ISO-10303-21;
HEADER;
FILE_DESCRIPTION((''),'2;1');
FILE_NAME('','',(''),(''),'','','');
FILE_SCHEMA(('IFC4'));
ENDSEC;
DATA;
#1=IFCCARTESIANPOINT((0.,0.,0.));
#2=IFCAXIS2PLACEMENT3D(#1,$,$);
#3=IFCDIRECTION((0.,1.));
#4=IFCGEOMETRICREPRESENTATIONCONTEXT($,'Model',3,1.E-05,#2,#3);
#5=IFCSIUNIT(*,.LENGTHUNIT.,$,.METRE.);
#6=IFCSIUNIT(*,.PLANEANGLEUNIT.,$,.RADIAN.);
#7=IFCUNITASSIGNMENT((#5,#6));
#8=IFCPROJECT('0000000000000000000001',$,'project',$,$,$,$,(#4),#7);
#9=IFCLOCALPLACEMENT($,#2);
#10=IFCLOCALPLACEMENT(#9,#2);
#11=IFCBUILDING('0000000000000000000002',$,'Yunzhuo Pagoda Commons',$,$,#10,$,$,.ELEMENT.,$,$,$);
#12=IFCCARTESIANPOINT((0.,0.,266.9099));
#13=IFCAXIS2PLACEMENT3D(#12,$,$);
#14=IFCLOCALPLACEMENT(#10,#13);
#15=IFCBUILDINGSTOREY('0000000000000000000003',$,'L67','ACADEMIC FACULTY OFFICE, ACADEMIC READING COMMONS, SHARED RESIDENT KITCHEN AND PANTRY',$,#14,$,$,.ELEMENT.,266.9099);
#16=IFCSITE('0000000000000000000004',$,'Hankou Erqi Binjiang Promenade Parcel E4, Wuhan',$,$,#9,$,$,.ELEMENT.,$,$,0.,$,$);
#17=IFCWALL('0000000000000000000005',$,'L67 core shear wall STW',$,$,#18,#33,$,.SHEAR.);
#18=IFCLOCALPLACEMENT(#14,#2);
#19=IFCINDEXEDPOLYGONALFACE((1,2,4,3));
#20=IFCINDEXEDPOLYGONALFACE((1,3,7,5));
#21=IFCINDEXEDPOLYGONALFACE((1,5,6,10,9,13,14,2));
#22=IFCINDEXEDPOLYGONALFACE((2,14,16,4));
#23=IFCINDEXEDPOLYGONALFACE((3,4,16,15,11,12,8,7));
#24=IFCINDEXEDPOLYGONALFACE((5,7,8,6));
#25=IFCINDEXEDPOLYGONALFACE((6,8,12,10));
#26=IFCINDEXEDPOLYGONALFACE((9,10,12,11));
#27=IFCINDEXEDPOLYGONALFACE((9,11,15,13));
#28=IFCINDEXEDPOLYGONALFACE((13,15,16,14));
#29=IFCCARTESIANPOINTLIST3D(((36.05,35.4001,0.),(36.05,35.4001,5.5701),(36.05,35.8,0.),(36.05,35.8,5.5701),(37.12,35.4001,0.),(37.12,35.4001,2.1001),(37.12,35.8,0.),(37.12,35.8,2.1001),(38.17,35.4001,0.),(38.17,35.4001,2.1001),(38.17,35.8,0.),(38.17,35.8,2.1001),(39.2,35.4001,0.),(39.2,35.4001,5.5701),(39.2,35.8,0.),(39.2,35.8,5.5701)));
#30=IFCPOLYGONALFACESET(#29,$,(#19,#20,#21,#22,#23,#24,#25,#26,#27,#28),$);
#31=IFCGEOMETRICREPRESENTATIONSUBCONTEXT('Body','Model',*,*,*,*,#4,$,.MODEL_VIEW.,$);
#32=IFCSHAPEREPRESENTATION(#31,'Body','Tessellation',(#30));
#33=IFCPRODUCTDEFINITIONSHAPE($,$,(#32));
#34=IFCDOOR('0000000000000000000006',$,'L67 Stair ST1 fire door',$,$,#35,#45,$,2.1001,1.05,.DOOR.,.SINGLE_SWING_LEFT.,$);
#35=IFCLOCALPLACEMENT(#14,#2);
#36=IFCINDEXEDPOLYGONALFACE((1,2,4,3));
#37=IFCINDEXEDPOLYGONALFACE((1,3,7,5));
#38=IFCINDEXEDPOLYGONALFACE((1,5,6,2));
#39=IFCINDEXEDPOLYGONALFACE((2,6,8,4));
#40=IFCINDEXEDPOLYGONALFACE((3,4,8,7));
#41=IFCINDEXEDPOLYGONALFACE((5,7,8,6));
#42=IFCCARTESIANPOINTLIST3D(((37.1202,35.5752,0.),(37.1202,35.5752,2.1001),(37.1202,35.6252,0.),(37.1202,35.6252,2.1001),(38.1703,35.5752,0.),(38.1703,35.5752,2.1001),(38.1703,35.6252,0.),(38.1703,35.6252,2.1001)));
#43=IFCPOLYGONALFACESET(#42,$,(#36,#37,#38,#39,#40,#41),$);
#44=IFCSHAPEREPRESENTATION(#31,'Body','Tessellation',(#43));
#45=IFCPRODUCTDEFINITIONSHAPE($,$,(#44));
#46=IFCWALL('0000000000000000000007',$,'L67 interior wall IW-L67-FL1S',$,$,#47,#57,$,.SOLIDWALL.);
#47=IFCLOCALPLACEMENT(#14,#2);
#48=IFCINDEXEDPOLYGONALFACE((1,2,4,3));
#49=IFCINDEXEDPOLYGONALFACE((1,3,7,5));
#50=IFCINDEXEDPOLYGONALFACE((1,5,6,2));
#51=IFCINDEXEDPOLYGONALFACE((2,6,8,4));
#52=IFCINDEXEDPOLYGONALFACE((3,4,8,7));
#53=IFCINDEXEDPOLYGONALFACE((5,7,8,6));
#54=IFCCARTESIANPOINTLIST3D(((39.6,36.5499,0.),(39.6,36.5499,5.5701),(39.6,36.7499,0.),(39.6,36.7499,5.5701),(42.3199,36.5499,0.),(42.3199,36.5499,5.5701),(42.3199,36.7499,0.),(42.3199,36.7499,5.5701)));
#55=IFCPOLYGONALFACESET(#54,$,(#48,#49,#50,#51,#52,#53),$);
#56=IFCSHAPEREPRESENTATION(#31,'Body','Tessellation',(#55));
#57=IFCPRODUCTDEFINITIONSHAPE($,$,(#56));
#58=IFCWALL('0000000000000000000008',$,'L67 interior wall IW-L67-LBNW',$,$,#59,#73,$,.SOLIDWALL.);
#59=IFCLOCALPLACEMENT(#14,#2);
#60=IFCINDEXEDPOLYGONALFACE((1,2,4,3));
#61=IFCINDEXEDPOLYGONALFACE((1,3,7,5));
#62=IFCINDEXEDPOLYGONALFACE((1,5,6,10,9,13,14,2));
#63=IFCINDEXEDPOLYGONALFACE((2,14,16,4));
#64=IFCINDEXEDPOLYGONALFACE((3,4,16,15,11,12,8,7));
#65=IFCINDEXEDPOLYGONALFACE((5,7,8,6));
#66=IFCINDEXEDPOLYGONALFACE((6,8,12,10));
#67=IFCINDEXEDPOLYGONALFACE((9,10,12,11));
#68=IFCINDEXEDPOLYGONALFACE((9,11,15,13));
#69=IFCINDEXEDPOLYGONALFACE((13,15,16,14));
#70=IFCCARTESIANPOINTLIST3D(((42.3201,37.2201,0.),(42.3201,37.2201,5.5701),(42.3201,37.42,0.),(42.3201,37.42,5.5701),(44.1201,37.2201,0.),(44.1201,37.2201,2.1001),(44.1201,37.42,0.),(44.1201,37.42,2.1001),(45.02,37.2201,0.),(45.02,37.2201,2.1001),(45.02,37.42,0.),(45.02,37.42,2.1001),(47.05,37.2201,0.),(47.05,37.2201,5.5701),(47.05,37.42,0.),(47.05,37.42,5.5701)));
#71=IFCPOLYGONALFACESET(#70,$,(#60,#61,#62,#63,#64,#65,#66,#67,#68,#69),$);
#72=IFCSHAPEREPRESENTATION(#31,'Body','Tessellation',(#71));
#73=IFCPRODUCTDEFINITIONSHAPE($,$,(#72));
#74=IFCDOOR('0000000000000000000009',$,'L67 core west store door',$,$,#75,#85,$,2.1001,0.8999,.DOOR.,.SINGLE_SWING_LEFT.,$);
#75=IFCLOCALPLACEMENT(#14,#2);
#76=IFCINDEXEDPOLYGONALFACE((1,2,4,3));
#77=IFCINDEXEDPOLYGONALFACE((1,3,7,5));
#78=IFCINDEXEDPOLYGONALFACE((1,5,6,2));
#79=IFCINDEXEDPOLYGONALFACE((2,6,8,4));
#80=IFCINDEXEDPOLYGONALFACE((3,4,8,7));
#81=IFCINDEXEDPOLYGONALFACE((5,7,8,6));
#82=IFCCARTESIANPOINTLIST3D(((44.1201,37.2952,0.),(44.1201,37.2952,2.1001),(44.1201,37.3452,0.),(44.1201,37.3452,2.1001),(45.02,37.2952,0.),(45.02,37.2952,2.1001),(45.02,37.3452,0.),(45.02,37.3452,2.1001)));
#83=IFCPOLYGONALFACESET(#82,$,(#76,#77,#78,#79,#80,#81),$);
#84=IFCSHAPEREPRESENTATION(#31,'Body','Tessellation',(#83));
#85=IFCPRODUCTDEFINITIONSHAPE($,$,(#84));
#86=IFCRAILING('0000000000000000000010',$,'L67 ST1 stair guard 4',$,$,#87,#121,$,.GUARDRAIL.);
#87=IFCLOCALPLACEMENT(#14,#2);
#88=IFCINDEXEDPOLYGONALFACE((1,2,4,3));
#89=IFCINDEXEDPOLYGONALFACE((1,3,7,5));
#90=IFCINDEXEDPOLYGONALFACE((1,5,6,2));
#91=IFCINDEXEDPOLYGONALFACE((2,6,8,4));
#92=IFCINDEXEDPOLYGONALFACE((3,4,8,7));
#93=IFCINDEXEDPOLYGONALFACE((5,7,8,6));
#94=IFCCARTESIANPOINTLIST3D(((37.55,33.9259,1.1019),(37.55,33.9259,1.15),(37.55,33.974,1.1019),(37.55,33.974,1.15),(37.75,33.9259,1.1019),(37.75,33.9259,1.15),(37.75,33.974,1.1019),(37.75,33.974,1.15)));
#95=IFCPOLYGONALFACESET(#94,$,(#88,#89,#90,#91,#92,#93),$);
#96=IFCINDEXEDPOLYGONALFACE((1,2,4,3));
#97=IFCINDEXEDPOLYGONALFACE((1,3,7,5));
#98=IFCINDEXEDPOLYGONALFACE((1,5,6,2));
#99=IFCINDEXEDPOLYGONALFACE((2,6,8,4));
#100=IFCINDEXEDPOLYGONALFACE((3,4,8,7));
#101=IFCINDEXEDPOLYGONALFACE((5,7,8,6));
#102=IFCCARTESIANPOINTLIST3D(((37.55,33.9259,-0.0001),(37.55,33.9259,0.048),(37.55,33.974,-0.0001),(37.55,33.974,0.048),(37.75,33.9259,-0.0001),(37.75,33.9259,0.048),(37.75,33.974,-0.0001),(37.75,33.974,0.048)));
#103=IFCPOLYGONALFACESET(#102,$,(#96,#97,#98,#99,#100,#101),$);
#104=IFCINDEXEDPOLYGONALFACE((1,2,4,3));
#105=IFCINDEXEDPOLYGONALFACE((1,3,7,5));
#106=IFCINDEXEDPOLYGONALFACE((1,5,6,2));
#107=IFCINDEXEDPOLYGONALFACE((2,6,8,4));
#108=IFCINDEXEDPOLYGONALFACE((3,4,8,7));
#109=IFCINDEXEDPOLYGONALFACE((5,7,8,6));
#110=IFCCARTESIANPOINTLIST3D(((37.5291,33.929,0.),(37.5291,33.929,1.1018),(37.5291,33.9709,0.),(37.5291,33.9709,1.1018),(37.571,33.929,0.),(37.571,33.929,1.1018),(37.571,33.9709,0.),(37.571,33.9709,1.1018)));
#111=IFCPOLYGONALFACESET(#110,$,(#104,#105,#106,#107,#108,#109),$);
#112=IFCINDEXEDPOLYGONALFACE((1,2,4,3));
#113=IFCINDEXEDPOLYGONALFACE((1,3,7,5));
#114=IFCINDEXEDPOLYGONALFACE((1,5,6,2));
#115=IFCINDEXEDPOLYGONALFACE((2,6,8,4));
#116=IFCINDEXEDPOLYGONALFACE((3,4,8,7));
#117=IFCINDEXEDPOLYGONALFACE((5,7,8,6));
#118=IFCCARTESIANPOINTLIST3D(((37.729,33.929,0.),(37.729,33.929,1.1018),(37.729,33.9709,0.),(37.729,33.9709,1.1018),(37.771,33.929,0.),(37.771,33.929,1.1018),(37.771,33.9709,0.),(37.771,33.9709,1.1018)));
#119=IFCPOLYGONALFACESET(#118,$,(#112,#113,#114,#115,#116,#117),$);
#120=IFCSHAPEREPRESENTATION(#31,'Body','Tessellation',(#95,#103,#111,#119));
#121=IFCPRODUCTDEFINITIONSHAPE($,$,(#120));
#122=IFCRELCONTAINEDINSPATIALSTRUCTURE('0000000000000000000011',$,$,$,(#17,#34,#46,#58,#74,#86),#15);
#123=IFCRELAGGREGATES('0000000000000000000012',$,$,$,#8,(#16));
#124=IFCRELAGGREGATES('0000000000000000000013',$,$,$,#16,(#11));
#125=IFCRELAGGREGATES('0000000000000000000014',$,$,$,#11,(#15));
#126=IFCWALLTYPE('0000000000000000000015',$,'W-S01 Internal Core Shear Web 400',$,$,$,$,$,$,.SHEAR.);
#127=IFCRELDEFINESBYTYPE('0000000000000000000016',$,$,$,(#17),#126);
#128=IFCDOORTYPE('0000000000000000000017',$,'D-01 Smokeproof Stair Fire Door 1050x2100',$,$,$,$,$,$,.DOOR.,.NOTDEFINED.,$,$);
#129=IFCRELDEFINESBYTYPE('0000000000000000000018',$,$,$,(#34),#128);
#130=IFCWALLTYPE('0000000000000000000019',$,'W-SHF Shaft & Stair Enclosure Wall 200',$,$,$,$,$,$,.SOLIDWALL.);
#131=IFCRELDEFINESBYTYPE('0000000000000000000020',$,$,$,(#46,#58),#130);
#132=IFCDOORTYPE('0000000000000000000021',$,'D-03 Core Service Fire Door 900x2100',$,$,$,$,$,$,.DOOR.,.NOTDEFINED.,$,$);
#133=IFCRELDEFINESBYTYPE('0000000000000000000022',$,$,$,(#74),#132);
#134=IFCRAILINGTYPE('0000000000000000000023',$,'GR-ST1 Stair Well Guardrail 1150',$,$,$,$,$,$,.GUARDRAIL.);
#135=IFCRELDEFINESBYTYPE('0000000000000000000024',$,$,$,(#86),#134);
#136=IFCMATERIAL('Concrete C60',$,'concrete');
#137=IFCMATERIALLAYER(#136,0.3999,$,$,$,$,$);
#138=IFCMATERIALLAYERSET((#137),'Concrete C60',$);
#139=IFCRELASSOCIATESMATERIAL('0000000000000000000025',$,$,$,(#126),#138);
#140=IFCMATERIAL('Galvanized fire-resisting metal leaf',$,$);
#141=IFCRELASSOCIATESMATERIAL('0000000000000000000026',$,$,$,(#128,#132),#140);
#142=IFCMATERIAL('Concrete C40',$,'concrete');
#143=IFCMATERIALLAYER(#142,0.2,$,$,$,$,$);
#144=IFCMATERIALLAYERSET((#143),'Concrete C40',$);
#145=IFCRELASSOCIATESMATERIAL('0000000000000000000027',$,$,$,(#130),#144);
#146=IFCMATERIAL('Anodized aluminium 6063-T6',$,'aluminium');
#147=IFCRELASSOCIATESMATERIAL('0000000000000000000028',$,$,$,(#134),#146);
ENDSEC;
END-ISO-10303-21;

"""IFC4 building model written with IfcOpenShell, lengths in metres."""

from ifc_helpers import new_model, si_unit, direction, frame, frame_2d, origin, origin_2d, place, context, subcontext, project, spatial, rectangle, extrude, source, transform, mapped, material, layer, layer_set, type_object, element, fill, save


model = new_model("IFC4")

# Units and contexts
model_context = context("Model", 3, precision=1e-05, world=origin(), true_north=direction((0.0, 1.0)))
body_context = subcontext(model_context, "Body", "Model", "MODEL_VIEW")
ifc_project = project(units=[si_unit("LENGTHUNIT", "METRE"), si_unit("PLANEANGLEUNIT", "RADIAN")], contexts=[model_context])

# Site, building, storey
site_placement = place(None, origin())
site = spatial("IfcSite", under=ifc_project, at=site_placement, Name="Hankou Erqi Binjiang Promenade Parcel E4, Wuhan", CompositionType="ELEMENT", RefElevation=0.0)
building_placement = place(site_placement, origin())
building = spatial("IfcBuilding", under=site, at=building_placement, Name="Yunzhuo Pagoda Commons", CompositionType="ELEMENT")
storey_placement = place(building_placement, frame((0.0, 0.0, 266.9099)))
storey = spatial("IfcBuildingStorey", under=building, at=storey_placement, Name="L67", Description="ACADEMIC FACULTY OFFICE, ACADEMIC READING COMMONS, SHARED RESIDENT KITCHEN AND PANTRY", CompositionType="ELEMENT", Elevation=266.9099)

# Shared definitions
ifc_material_1 = material(Name="Galvanized fire-resisting metal leaf")

# Wall, opening, door
ifc_material_2 = material(Name="Concrete C60", Category="concrete")
ifc_layer_1 = layer(ifc_material_2, 0.3999)
ifc_layer_set_1 = layer_set([ifc_layer_1], Name="Concrete C60")
wall_type_1 = type_object("IfcWallType", Name="W-S01 Internal Core Shear Web 400", PredefinedType="SHEAR", material=ifc_layer_set_1)
wall_1_placement = place(storey_placement, frame((36.05, 35.6001, 0.0), z_axis=(0.0, 0.0, 1.0), x_axis=(1.0, 0.0, 0.0)))
wall_1 = element("IfcWall", 1, at=wall_1_placement, inside=storey, type_object=wall_type_1, Name="L67 core shear wall STW", PredefinedType="SHEAR", context=body_context, shape_type="SweptSolid", body=[
    extrude(rectangle(XDim=3.1499, YDim=0.3999, at=frame_2d((1.575, 0.0))), origin(), (0.0, 0.0, 1.0), 5.5701),
])
opening_1_placement = place(wall_1_placement, frame((1.0701, 0.0, 0.0)))
opening_1 = element("IfcOpeningElement", 2, at=opening_1_placement, cuts=wall_1, PredefinedType="OPENING", context=body_context, shape_type="SweptSolid", body=[
    extrude(rectangle(XDim=1.05, YDim=2.1001, at=frame_2d((0.5249, 1.05))), frame((0.0, 0.21, 0.0), z_axis=(0.0, -1.0, 0.0), x_axis=(1.0, 0.0, 0.0)), (0.0, 0.0, 1.0), 0.4199),
])
door_type_1 = type_object("IfcDoorType", Name="D-01 Smokeproof Stair Fire Door 1050x2100", OperationType="NOTDEFINED", PredefinedType="DOOR", material=ifc_material_1)
shared_shape_1 = source(origin(), body_context, "Body", "SweptSolid", [
    extrude(rectangle(XDim=1.05, YDim=2.1001, at=frame_2d((0.5249, 1.05))), frame((0.0, 0.0249, 0.0), z_axis=(0.0, -1.0, 0.0), x_axis=(1.0, 0.0, 0.0)), (0.0, 0.0, 1.0), 0.05),
])
door_1_placement = place(opening_1_placement, frame((1.05, 0.0, 0.0), z_axis=(0.0, 0.0, 1.0), x_axis=(-1.0, 0.0, 0.0)))
door_1 = element("IfcDoor", 3, at=door_1_placement, inside=storey, type_object=door_type_1, Name="L67 Stair ST1 fire door", OperationType="SINGLE_SWING_LEFT", OverallHeight=2.1001, OverallWidth=1.05, PredefinedType="DOOR", context=body_context, shape_type="MappedRepresentation", body=[
    mapped(shared_shape_1, transform((0.0, 0.0, 0.0), scale=1.0)),
])
fill(opening_1, door_1)

# Wall
ifc_material_3 = material(Name="Concrete C40", Category="concrete")
ifc_layer_2 = layer(ifc_material_3, 0.2)
ifc_layer_set_2 = layer_set([ifc_layer_2], Name="Concrete C40")
wall_type_2 = type_object("IfcWallType", Name="W-SHF Shaft & Stair Enclosure Wall 200", PredefinedType="SOLIDWALL", material=ifc_layer_set_2)
wall_2_placement = place(storey_placement, frame((39.6001, 36.6499, 0.0), z_axis=(0.0, 0.0, 1.0), x_axis=(1.0, 0.0, 0.0)))
element("IfcWall", 4, at=wall_2_placement, inside=storey, type_object=wall_type_2, Name="L67 interior wall IW-L67-FL1S", PredefinedType="SOLIDWALL", context=body_context, shape_type="SweptSolid", body=[
    extrude(rectangle(XDim=2.72, YDim=0.2, at=frame_2d((1.3599, 0.0))), origin(), (0.0, 0.0, 1.0), 5.5701),
])

# Wall, opening, door
wall_3_placement = place(storey_placement, frame((42.3201, 37.3201, 0.0), z_axis=(0.0, 0.0, 1.0), x_axis=(1.0, 0.0, 0.0)))
wall_3 = element("IfcWall", 5, at=wall_3_placement, inside=storey, type_object=wall_type_2, Name="L67 interior wall IW-L67-LBNW", PredefinedType="SOLIDWALL", context=body_context, shape_type="SweptSolid", body=[
    extrude(rectangle(XDim=4.73, YDim=0.2, at=frame_2d((2.365, 0.0))), origin(), (0.0, 0.0, 1.0), 5.5701),
])
opening_2_placement = place(wall_3_placement, frame((1.8, 0.0, 0.0)))
opening_2 = element("IfcOpeningElement", 6, at=opening_2_placement, cuts=wall_3, PredefinedType="OPENING", context=body_context, shape_type="SweptSolid", body=[
    extrude(rectangle(XDim=0.8999, YDim=2.1001, at=frame_2d((0.45, 1.05))), frame((0.0, 0.1099, 0.0), z_axis=(0.0, -1.0, 0.0), x_axis=(1.0, 0.0, 0.0)), (0.0, 0.0, 1.0), 0.22),
])
door_type_2 = type_object("IfcDoorType", Name="D-03 Core Service Fire Door 900x2100", OperationType="NOTDEFINED", PredefinedType="DOOR", material=ifc_material_1)
shared_shape_2 = source(origin(), body_context, "Body", "SweptSolid", [
    extrude(rectangle(XDim=0.8999, YDim=2.1001, at=frame_2d((0.45, 1.05))), frame((0.0, 0.0249, 0.0), z_axis=(0.0, -1.0, 0.0), x_axis=(1.0, 0.0, 0.0)), (0.0, 0.0, 1.0), 0.05),
])
door_2_placement = place(opening_2_placement, frame((0.8999, 0.0, 0.0), z_axis=(0.0, 0.0, 1.0), x_axis=(-1.0, 0.0, 0.0)))
door_2 = element("IfcDoor", 7, at=door_2_placement, inside=storey, type_object=door_type_2, Name="L67 core west store door", OperationType="SINGLE_SWING_LEFT", OverallHeight=2.1001, OverallWidth=0.8999, PredefinedType="DOOR", context=body_context, shape_type="MappedRepresentation", body=[
    mapped(shared_shape_2, transform((0.0, 0.0, 0.0), scale=1.0)),
])
fill(opening_2, door_2)

# Railing
ifc_material_4 = material(Name="Anodized aluminium 6063-T6", Category="aluminium")
railing_type = type_object("IfcRailingType", Name="GR-ST1 Stair Well Guardrail 1150", PredefinedType="GUARDRAIL", material=ifc_material_4)
railing_placement = place(storey_placement, frame((37.55, 33.95, 0.0)))
element("IfcRailing", 8, at=railing_placement, inside=storey, type_object=railing_type, Name="L67 ST1 stair guard 4", PredefinedType="GUARDRAIL", context=body_context, shape_type="SweptSolid", body=[
    extrude(rectangle(XDim=0.0481, YDim=0.0481, at=origin_2d()), frame((0.0, 0.0, 1.126), z_axis=(1.0, 0.0, 0.0), x_axis=(0.0, 1.0, 0.0)), (0.0, 0.0, 1.0), 0.2),
    extrude(rectangle(XDim=0.0481, YDim=0.0481, at=origin_2d()), frame((0.0, 0.0, 0.0239), z_axis=(1.0, 0.0, 0.0), x_axis=(0.0, 1.0, 0.0)), (0.0, 0.0, 1.0), 0.2),
    extrude(rectangle(XDim=0.042, YDim=0.042, at=origin_2d()), origin(), (0.0, 0.0, 1.0), 1.1018),
    extrude(rectangle(XDim=0.042, YDim=0.042, at=origin_2d()), frame((0.2, 0.0, 0.0)), (0.0, 0.0, 1.0), 1.1018),
])

save(model, "model.ifc")
